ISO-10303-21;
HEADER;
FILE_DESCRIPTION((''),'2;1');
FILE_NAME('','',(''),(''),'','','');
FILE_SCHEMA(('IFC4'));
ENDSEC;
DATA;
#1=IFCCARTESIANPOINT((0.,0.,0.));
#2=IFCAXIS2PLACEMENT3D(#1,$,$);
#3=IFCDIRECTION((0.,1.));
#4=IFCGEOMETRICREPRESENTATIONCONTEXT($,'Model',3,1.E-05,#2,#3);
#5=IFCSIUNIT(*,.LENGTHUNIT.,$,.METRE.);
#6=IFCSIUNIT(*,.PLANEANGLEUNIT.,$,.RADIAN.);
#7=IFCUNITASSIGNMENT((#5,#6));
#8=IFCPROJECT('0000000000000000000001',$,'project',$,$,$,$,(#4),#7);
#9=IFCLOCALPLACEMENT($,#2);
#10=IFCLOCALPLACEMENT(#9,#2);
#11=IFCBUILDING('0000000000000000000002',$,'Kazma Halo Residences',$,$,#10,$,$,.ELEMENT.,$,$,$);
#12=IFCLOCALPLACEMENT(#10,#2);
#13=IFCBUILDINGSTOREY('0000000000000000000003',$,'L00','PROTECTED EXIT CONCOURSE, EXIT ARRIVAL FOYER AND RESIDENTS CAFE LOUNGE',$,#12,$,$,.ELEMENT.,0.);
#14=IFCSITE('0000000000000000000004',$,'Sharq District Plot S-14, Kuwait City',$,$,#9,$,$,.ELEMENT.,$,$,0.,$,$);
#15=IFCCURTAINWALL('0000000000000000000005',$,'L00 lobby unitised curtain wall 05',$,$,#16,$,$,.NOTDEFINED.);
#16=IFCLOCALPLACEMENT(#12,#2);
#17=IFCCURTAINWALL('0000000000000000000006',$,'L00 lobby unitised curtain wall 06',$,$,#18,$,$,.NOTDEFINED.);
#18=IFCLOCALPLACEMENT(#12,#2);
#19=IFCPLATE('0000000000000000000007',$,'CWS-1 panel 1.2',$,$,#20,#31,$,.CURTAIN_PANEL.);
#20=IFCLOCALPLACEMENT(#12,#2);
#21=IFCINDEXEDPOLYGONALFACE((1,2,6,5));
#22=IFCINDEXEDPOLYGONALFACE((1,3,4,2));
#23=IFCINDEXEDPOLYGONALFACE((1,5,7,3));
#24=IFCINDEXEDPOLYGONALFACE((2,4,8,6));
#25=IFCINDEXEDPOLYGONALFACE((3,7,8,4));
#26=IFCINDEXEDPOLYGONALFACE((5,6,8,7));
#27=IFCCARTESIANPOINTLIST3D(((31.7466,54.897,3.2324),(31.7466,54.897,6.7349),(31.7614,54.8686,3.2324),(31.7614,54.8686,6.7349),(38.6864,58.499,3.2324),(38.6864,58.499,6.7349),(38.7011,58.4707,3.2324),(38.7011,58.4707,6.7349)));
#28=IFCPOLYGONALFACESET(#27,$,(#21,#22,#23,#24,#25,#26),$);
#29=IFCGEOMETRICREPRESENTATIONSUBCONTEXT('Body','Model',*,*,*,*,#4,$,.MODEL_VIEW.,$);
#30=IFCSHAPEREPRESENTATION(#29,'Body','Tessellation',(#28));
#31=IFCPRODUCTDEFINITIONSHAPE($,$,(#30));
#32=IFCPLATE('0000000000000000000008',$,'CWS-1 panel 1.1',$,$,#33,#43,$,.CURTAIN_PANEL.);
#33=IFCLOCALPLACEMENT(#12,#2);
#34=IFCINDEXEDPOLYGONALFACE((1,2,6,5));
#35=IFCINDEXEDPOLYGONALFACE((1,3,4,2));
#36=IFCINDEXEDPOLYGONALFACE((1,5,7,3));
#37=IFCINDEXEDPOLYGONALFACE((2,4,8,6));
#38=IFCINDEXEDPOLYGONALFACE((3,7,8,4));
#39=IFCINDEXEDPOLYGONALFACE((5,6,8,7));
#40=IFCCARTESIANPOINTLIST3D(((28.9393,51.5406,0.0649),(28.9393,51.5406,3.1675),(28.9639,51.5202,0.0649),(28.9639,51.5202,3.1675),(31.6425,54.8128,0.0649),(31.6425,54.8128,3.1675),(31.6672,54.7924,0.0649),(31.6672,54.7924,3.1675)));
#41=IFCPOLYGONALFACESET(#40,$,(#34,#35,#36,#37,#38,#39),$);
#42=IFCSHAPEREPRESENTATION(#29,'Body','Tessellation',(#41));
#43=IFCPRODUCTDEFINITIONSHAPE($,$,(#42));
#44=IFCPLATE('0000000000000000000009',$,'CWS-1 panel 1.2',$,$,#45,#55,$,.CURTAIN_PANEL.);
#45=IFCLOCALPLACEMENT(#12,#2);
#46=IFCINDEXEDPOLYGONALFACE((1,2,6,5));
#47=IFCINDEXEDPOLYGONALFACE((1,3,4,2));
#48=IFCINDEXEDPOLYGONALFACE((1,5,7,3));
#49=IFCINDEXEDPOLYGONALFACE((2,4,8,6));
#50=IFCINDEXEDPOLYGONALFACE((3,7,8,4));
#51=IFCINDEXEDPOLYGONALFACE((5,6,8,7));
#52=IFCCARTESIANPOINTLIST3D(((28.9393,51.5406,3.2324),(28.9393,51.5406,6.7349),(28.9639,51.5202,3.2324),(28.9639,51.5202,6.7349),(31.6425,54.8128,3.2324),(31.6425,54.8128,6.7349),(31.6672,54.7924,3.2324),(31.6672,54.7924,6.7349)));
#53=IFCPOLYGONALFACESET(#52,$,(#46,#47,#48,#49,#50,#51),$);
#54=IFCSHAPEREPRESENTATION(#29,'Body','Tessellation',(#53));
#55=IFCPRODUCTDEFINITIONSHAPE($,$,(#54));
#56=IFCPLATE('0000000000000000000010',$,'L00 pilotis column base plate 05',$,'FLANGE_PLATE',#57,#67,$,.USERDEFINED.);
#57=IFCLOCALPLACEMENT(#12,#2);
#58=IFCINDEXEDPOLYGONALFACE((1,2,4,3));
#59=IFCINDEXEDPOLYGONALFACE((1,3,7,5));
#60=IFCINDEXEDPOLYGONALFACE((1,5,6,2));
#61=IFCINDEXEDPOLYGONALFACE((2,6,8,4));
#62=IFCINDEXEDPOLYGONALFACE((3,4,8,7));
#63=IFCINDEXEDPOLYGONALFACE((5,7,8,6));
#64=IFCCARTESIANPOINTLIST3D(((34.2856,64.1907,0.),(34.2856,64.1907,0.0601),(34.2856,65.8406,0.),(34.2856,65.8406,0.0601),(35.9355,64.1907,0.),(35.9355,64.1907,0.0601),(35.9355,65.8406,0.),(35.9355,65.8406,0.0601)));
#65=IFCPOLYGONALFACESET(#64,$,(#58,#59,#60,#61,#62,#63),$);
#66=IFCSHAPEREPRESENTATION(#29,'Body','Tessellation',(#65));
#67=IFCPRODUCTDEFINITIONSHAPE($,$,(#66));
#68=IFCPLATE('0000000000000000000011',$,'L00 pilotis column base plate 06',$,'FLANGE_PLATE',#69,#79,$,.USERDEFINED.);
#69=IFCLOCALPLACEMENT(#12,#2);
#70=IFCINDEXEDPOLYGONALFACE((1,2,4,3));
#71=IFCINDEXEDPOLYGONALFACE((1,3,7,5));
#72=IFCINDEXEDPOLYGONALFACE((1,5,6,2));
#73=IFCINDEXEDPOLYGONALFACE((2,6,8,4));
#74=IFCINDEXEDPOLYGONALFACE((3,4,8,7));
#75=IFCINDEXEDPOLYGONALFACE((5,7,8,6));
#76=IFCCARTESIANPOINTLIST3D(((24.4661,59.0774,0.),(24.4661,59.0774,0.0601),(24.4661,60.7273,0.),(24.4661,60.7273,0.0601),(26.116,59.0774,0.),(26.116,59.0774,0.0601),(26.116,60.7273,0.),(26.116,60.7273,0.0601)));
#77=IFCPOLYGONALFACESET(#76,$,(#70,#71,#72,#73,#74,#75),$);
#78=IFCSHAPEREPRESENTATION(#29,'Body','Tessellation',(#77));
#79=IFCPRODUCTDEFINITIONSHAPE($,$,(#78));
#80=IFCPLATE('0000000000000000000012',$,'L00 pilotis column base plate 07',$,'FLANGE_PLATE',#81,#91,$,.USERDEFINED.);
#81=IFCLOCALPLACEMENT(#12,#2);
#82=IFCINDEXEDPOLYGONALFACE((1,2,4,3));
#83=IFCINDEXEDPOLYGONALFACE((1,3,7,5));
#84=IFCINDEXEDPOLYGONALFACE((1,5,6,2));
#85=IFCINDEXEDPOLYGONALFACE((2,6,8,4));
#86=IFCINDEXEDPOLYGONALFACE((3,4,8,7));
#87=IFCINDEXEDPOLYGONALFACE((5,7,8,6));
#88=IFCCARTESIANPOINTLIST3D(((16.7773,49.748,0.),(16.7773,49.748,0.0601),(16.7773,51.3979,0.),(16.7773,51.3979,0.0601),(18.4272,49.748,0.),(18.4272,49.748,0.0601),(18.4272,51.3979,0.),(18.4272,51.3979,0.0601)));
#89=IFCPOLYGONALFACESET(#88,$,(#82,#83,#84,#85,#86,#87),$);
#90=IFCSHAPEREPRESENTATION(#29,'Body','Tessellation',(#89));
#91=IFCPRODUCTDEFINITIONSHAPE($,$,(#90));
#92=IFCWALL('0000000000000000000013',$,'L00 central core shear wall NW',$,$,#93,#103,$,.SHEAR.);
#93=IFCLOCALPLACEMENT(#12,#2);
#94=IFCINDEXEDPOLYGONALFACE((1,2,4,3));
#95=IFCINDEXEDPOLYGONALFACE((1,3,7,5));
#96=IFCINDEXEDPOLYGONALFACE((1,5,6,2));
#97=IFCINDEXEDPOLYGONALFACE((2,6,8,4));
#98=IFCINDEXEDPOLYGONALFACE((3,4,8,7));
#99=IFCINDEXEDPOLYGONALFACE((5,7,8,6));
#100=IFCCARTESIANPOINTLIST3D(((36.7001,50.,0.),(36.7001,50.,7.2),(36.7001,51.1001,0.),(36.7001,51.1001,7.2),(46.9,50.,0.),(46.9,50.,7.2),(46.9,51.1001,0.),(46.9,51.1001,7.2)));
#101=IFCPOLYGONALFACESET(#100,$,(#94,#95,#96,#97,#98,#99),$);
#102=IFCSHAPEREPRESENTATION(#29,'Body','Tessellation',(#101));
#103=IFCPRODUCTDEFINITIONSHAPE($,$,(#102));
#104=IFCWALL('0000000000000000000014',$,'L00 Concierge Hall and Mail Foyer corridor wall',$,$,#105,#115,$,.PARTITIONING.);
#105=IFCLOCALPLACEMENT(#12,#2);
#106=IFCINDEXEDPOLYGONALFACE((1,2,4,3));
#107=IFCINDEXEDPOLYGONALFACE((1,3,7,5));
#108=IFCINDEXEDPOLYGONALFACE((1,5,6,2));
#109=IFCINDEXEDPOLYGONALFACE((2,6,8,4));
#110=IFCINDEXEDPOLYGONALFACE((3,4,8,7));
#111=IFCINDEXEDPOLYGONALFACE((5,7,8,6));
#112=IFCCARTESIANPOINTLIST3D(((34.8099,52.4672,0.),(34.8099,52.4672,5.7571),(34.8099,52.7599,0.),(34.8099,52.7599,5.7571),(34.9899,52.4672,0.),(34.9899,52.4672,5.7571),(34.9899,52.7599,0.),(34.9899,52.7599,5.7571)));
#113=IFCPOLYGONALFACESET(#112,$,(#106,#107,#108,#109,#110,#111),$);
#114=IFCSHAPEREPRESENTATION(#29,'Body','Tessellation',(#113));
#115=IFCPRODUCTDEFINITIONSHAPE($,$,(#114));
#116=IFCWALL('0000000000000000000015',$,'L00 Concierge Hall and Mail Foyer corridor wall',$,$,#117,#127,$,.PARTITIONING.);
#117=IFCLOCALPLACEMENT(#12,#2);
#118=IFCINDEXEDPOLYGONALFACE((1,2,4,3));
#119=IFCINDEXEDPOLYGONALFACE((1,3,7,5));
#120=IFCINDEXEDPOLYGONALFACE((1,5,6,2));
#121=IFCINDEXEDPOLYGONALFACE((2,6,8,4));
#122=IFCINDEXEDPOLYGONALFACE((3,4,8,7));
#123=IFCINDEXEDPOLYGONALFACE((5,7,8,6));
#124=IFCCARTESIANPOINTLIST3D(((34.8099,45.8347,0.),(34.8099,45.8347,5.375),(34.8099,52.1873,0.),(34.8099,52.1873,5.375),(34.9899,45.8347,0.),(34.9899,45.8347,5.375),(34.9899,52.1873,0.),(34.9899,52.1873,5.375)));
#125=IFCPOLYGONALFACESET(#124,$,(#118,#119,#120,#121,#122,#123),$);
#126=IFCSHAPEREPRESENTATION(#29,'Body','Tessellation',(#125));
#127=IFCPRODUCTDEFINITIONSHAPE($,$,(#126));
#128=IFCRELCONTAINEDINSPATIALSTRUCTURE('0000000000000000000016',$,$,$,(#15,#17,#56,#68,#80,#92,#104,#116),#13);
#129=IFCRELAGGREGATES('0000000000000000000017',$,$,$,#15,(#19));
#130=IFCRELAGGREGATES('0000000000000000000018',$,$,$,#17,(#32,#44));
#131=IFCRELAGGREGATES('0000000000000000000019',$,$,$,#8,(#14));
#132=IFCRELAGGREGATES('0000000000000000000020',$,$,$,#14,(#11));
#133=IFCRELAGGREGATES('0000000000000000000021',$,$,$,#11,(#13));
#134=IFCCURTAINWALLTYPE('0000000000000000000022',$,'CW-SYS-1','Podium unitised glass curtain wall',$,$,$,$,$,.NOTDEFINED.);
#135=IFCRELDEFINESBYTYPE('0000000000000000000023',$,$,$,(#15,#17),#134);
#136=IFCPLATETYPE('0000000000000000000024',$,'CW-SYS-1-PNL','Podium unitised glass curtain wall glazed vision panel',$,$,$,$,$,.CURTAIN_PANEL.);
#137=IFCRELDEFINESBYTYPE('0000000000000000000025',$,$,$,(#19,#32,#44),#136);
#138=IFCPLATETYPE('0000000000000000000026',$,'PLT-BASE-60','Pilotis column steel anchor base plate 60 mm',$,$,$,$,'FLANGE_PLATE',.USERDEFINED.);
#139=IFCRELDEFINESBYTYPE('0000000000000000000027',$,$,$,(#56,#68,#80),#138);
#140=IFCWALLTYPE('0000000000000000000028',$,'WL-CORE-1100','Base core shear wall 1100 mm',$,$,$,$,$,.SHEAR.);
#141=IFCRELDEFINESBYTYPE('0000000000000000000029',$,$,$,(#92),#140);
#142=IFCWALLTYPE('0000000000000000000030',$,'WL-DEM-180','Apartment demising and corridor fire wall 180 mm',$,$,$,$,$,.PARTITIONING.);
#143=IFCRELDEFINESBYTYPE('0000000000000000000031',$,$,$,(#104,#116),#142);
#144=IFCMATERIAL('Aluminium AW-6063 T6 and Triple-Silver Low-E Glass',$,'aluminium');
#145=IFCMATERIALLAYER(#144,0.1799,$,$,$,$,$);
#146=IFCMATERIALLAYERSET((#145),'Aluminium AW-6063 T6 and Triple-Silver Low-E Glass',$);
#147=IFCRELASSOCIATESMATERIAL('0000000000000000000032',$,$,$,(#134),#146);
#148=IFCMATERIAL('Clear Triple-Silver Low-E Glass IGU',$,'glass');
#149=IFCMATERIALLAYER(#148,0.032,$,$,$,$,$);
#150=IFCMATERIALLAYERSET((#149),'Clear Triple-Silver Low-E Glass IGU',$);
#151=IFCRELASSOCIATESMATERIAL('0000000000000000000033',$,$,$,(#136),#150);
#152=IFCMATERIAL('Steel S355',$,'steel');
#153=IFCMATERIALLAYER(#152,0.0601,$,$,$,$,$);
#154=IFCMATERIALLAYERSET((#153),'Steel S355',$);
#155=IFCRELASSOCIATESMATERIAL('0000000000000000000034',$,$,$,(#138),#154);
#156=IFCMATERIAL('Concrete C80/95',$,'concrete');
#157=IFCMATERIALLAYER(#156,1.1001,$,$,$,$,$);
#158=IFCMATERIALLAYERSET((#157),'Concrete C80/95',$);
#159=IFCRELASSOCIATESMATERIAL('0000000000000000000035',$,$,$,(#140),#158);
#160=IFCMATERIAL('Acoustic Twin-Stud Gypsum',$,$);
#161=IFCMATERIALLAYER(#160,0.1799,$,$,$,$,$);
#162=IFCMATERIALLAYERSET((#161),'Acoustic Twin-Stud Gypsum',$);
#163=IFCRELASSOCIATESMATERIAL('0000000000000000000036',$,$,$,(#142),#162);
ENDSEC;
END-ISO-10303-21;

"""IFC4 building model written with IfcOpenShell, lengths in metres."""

from ifc_helpers import new_model, si_unit, direction, frame, frame_2d, origin, origin_2d, place, context, subcontext, project, spatial, rectangle, extrude, material, layer, layer_set, type_object, element, aggregate, save


model = new_model("IFC4")

# Units and contexts
model_context = context("Model", 3, precision=1e-05, world=origin(), true_north=direction((0.0, 1.0)))
body_context = subcontext(model_context, "Body", "Model", "MODEL_VIEW")
ifc_project = project(units=[si_unit("LENGTHUNIT", "METRE"), si_unit("PLANEANGLEUNIT", "RADIAN")], contexts=[model_context])

# Site, building, storey
site_placement = place(None, origin())
site = spatial("IfcSite", under=ifc_project, at=site_placement, Name="Sharq District Plot S-14, Kuwait City", CompositionType="ELEMENT", RefElevation=0.0)
building_placement = place(site_placement, origin())
building = spatial("IfcBuilding", under=site, at=building_placement, Name="Kazma Halo Residences", CompositionType="ELEMENT")
storey_placement = place(building_placement, origin())
storey = spatial("IfcBuildingStorey", under=building, at=storey_placement, Name="L00", Description="PROTECTED EXIT CONCOURSE, EXIT ARRIVAL FOYER AND RESIDENTS CAFE LOUNGE", CompositionType="ELEMENT", Elevation=0.0)

# Shared definitions
ifc_material_1 = material(Name="Concrete C80/95", Category="concrete")

# Shared definitions
ifc_material_2 = material(Name="Steel S355", Category="steel")

# Curtain wall
ifc_material_3 = material(Name="Aluminium AW-6063 T6 and Triple-Silver Low-E Glass", Category="aluminium")
ifc_layer_1 = layer(ifc_material_3, 0.1799)
ifc_layer_set_1 = layer_set([ifc_layer_1], Name="Aluminium AW-6063 T6 and Triple-Silver Low-E Glass")
curtain_wall_type = type_object("IfcCurtainWallType", Name="CW-SYS-1", Description="Podium unitised glass curtain wall", PredefinedType="NOTDEFINED", material=ifc_layer_set_1)
curtain_wall_1_placement = place(storey_placement, origin())
curtain_wall_1 = element("IfcCurtainWall", 1, at=curtain_wall_1_placement, inside=storey, type_object=curtain_wall_type, Name="L00 lobby unitised curtain wall 05", PredefinedType="NOTDEFINED")

# Curtain wall
curtain_wall_2_placement = place(storey_placement, origin())
curtain_wall_2 = element("IfcCurtainWall", 2, at=curtain_wall_2_placement, inside=storey, type_object=curtain_wall_type, Name="L00 lobby unitised curtain wall 06", PredefinedType="NOTDEFINED")

# Plates
ifc_material_4 = material(Name="Clear Triple-Silver Low-E Glass IGU", Category="glass")
ifc_layer_2 = layer(ifc_material_4, 0.032)
ifc_layer_set_2 = layer_set([ifc_layer_2], Name="Clear Triple-Silver Low-E Glass IGU")
plate_type_1 = type_object("IfcPlateType", Name="CW-SYS-1-PNL", Description="Podium unitised glass curtain wall glazed vision panel", PredefinedType="CURTAIN_PANEL", material=ifc_layer_set_2)
plate_1_placement = place(storey_placement, frame((35.2239, 56.6838, 3.2324), z_axis=(0.0, 0.0, 1.0), x_axis=(-0.887564, -0.460684, 0.0)))
plate_1 = element("IfcPlate", 3, at=plate_1_placement, type_object=plate_type_1, Name="CWS-1 panel 1.2", PredefinedType="CURTAIN_PANEL", context=body_context, shape_type="SweptSolid", body=[
    extrude(rectangle(XDim=7.8188, YDim=0.032, at=origin_2d()), origin(), (0.0, 0.0, 1.0), 3.5024),
])
aggregate(curtain_wall_1, [plate_1])
plate_2_placement = place(storey_placement, frame((30.3032, 53.1665, 0.0649), z_axis=(0.0, 0.0, 1.0), x_axis=(-0.636903, -0.770944, 0.0)))
plate_2 = element("IfcPlate", 4, at=plate_2_placement, type_object=plate_type_1, Name="CWS-1 panel 1.1", PredefinedType="CURTAIN_PANEL", context=body_context, shape_type="SweptSolid", body=[
    extrude(rectangle(XDim=4.2444, YDim=0.032, at=origin_2d()), origin(), (0.0, 0.0, 1.0), 3.1025),
])
plate_3_placement = place(storey_placement, frame((30.3032, 53.1665, 3.2324), z_axis=(0.0, 0.0, 1.0), x_axis=(-0.636903, -0.770944, 0.0)))
plate_3 = element("IfcPlate", 5, at=plate_3_placement, type_object=plate_type_1, Name="CWS-1 panel 1.2", PredefinedType="CURTAIN_PANEL", context=body_context, shape_type="SweptSolid", body=[
    extrude(rectangle(XDim=4.2444, YDim=0.032, at=origin_2d()), origin(), (0.0, 0.0, 1.0), 3.5024),
])
aggregate(curtain_wall_2, [plate_2, plate_3])

# Plates
ifc_layer_3 = layer(ifc_material_2, 0.0601)
ifc_layer_set_3 = layer_set([ifc_layer_3], Name="Steel S355")
plate_type_2 = type_object("IfcPlateType", Name="PLT-BASE-60", Description="Pilotis column steel anchor base plate 60 mm", ElementType="FLANGE_PLATE", PredefinedType="USERDEFINED", material=ifc_layer_set_3)
for number, where, z_axis, x_axis, name in (
    (6, (35.1106, 65.0156, 0.0), (0.0, 0.0, 1.0), (1.0, 0.0, 0.0), "L00 pilotis column base plate 05"),
    (7, (25.291, 59.9023, 0.0), (0.0, 0.0, 1.0), (1.0, 0.0, 0.0), "L00 pilotis column base plate 06"),
    (8, (17.6023, 50.573, 0.0), (0.0, 0.0, 1.0), (1.0, 0.0, 0.0), "L00 pilotis column base plate 07"),
):
    element("IfcPlate", number, at=place(storey_placement, frame(where, z_axis=z_axis, x_axis=x_axis)), inside=storey, type_object=plate_type_2, Name=name, ObjectType="FLANGE_PLATE", PredefinedType="USERDEFINED", context=body_context, shape_type="SweptSolid", body=[
        extrude(rectangle(XDim=1.6499, YDim=1.6499, at=origin_2d()), origin(), (0.0, 0.0, 1.0), 0.0601),
    ])

# Walls
ifc_layer_4 = layer(ifc_material_1, 1.1001)
ifc_layer_set_4 = layer_set([ifc_layer_4], Name="Concrete C80/95")
wall_type_1 = type_object("IfcWallType", Name="WL-CORE-1100", Description="Base core shear wall 1100 mm", PredefinedType="SHEAR", material=ifc_layer_set_4)
wall_1_placement = place(storey_placement, frame((36.7, 50.55, 0.0), z_axis=(0.0, 0.0, 1.0), x_axis=(1.0, 0.0, 0.0)))
element("IfcWall", 9, at=wall_1_placement, inside=storey, type_object=wall_type_1, Name="L00 central core shear wall NW", PredefinedType="SHEAR", context=body_context, shape_type="SweptSolid", body=[
    extrude(rectangle(XDim=10.2, YDim=1.1001, at=frame_2d((5.1001, 0.0))), origin(), (0.0, 0.0, 1.0), 7.2),
])
ifc_material_5 = material(Name="Acoustic Twin-Stud Gypsum")
ifc_layer_5 = layer(ifc_material_5, 0.1799)
ifc_layer_set_5 = layer_set([ifc_layer_5], Name="Acoustic Twin-Stud Gypsum")
wall_type_2 = type_object("IfcWallType", Name="WL-DEM-180", Description="Apartment demising and corridor fire wall 180 mm", PredefinedType="PARTITIONING", material=ifc_layer_set_5)
wall_2_placement = place(storey_placement, frame((34.8999, 52.76, 0.0), z_axis=(0.0, 0.0, 1.0), x_axis=(0.0, -1.0, 0.0)))
element("IfcWall", 10, at=wall_2_placement, inside=storey, type_object=wall_type_2, Name="L00 Concierge Hall and Mail Foyer corridor wall", PredefinedType="PARTITIONING", context=body_context, shape_type="SweptSolid", body=[
    extrude(rectangle(XDim=0.2927, YDim=0.1799, at=frame_2d((0.1465, 0.0))), origin(), (0.0, 0.0, 1.0), 5.7571),
])
wall_3_placement = place(storey_placement, frame((34.8999, 52.1873, 0.0), z_axis=(0.0, 0.0, 1.0), x_axis=(0.0, -1.0, 0.0)))
element("IfcWall", 11, at=wall_3_placement, inside=storey, type_object=wall_type_2, Name="L00 Concierge Hall and Mail Foyer corridor wall", PredefinedType="PARTITIONING", context=body_context, shape_type="SweptSolid", body=[
    extrude(rectangle(XDim=6.3525, YDim=0.1799, at=frame_2d((3.1763, 0.0))), origin(), (0.0, 0.0, 1.0), 5.375),
])

save(model, "model.ifc")
